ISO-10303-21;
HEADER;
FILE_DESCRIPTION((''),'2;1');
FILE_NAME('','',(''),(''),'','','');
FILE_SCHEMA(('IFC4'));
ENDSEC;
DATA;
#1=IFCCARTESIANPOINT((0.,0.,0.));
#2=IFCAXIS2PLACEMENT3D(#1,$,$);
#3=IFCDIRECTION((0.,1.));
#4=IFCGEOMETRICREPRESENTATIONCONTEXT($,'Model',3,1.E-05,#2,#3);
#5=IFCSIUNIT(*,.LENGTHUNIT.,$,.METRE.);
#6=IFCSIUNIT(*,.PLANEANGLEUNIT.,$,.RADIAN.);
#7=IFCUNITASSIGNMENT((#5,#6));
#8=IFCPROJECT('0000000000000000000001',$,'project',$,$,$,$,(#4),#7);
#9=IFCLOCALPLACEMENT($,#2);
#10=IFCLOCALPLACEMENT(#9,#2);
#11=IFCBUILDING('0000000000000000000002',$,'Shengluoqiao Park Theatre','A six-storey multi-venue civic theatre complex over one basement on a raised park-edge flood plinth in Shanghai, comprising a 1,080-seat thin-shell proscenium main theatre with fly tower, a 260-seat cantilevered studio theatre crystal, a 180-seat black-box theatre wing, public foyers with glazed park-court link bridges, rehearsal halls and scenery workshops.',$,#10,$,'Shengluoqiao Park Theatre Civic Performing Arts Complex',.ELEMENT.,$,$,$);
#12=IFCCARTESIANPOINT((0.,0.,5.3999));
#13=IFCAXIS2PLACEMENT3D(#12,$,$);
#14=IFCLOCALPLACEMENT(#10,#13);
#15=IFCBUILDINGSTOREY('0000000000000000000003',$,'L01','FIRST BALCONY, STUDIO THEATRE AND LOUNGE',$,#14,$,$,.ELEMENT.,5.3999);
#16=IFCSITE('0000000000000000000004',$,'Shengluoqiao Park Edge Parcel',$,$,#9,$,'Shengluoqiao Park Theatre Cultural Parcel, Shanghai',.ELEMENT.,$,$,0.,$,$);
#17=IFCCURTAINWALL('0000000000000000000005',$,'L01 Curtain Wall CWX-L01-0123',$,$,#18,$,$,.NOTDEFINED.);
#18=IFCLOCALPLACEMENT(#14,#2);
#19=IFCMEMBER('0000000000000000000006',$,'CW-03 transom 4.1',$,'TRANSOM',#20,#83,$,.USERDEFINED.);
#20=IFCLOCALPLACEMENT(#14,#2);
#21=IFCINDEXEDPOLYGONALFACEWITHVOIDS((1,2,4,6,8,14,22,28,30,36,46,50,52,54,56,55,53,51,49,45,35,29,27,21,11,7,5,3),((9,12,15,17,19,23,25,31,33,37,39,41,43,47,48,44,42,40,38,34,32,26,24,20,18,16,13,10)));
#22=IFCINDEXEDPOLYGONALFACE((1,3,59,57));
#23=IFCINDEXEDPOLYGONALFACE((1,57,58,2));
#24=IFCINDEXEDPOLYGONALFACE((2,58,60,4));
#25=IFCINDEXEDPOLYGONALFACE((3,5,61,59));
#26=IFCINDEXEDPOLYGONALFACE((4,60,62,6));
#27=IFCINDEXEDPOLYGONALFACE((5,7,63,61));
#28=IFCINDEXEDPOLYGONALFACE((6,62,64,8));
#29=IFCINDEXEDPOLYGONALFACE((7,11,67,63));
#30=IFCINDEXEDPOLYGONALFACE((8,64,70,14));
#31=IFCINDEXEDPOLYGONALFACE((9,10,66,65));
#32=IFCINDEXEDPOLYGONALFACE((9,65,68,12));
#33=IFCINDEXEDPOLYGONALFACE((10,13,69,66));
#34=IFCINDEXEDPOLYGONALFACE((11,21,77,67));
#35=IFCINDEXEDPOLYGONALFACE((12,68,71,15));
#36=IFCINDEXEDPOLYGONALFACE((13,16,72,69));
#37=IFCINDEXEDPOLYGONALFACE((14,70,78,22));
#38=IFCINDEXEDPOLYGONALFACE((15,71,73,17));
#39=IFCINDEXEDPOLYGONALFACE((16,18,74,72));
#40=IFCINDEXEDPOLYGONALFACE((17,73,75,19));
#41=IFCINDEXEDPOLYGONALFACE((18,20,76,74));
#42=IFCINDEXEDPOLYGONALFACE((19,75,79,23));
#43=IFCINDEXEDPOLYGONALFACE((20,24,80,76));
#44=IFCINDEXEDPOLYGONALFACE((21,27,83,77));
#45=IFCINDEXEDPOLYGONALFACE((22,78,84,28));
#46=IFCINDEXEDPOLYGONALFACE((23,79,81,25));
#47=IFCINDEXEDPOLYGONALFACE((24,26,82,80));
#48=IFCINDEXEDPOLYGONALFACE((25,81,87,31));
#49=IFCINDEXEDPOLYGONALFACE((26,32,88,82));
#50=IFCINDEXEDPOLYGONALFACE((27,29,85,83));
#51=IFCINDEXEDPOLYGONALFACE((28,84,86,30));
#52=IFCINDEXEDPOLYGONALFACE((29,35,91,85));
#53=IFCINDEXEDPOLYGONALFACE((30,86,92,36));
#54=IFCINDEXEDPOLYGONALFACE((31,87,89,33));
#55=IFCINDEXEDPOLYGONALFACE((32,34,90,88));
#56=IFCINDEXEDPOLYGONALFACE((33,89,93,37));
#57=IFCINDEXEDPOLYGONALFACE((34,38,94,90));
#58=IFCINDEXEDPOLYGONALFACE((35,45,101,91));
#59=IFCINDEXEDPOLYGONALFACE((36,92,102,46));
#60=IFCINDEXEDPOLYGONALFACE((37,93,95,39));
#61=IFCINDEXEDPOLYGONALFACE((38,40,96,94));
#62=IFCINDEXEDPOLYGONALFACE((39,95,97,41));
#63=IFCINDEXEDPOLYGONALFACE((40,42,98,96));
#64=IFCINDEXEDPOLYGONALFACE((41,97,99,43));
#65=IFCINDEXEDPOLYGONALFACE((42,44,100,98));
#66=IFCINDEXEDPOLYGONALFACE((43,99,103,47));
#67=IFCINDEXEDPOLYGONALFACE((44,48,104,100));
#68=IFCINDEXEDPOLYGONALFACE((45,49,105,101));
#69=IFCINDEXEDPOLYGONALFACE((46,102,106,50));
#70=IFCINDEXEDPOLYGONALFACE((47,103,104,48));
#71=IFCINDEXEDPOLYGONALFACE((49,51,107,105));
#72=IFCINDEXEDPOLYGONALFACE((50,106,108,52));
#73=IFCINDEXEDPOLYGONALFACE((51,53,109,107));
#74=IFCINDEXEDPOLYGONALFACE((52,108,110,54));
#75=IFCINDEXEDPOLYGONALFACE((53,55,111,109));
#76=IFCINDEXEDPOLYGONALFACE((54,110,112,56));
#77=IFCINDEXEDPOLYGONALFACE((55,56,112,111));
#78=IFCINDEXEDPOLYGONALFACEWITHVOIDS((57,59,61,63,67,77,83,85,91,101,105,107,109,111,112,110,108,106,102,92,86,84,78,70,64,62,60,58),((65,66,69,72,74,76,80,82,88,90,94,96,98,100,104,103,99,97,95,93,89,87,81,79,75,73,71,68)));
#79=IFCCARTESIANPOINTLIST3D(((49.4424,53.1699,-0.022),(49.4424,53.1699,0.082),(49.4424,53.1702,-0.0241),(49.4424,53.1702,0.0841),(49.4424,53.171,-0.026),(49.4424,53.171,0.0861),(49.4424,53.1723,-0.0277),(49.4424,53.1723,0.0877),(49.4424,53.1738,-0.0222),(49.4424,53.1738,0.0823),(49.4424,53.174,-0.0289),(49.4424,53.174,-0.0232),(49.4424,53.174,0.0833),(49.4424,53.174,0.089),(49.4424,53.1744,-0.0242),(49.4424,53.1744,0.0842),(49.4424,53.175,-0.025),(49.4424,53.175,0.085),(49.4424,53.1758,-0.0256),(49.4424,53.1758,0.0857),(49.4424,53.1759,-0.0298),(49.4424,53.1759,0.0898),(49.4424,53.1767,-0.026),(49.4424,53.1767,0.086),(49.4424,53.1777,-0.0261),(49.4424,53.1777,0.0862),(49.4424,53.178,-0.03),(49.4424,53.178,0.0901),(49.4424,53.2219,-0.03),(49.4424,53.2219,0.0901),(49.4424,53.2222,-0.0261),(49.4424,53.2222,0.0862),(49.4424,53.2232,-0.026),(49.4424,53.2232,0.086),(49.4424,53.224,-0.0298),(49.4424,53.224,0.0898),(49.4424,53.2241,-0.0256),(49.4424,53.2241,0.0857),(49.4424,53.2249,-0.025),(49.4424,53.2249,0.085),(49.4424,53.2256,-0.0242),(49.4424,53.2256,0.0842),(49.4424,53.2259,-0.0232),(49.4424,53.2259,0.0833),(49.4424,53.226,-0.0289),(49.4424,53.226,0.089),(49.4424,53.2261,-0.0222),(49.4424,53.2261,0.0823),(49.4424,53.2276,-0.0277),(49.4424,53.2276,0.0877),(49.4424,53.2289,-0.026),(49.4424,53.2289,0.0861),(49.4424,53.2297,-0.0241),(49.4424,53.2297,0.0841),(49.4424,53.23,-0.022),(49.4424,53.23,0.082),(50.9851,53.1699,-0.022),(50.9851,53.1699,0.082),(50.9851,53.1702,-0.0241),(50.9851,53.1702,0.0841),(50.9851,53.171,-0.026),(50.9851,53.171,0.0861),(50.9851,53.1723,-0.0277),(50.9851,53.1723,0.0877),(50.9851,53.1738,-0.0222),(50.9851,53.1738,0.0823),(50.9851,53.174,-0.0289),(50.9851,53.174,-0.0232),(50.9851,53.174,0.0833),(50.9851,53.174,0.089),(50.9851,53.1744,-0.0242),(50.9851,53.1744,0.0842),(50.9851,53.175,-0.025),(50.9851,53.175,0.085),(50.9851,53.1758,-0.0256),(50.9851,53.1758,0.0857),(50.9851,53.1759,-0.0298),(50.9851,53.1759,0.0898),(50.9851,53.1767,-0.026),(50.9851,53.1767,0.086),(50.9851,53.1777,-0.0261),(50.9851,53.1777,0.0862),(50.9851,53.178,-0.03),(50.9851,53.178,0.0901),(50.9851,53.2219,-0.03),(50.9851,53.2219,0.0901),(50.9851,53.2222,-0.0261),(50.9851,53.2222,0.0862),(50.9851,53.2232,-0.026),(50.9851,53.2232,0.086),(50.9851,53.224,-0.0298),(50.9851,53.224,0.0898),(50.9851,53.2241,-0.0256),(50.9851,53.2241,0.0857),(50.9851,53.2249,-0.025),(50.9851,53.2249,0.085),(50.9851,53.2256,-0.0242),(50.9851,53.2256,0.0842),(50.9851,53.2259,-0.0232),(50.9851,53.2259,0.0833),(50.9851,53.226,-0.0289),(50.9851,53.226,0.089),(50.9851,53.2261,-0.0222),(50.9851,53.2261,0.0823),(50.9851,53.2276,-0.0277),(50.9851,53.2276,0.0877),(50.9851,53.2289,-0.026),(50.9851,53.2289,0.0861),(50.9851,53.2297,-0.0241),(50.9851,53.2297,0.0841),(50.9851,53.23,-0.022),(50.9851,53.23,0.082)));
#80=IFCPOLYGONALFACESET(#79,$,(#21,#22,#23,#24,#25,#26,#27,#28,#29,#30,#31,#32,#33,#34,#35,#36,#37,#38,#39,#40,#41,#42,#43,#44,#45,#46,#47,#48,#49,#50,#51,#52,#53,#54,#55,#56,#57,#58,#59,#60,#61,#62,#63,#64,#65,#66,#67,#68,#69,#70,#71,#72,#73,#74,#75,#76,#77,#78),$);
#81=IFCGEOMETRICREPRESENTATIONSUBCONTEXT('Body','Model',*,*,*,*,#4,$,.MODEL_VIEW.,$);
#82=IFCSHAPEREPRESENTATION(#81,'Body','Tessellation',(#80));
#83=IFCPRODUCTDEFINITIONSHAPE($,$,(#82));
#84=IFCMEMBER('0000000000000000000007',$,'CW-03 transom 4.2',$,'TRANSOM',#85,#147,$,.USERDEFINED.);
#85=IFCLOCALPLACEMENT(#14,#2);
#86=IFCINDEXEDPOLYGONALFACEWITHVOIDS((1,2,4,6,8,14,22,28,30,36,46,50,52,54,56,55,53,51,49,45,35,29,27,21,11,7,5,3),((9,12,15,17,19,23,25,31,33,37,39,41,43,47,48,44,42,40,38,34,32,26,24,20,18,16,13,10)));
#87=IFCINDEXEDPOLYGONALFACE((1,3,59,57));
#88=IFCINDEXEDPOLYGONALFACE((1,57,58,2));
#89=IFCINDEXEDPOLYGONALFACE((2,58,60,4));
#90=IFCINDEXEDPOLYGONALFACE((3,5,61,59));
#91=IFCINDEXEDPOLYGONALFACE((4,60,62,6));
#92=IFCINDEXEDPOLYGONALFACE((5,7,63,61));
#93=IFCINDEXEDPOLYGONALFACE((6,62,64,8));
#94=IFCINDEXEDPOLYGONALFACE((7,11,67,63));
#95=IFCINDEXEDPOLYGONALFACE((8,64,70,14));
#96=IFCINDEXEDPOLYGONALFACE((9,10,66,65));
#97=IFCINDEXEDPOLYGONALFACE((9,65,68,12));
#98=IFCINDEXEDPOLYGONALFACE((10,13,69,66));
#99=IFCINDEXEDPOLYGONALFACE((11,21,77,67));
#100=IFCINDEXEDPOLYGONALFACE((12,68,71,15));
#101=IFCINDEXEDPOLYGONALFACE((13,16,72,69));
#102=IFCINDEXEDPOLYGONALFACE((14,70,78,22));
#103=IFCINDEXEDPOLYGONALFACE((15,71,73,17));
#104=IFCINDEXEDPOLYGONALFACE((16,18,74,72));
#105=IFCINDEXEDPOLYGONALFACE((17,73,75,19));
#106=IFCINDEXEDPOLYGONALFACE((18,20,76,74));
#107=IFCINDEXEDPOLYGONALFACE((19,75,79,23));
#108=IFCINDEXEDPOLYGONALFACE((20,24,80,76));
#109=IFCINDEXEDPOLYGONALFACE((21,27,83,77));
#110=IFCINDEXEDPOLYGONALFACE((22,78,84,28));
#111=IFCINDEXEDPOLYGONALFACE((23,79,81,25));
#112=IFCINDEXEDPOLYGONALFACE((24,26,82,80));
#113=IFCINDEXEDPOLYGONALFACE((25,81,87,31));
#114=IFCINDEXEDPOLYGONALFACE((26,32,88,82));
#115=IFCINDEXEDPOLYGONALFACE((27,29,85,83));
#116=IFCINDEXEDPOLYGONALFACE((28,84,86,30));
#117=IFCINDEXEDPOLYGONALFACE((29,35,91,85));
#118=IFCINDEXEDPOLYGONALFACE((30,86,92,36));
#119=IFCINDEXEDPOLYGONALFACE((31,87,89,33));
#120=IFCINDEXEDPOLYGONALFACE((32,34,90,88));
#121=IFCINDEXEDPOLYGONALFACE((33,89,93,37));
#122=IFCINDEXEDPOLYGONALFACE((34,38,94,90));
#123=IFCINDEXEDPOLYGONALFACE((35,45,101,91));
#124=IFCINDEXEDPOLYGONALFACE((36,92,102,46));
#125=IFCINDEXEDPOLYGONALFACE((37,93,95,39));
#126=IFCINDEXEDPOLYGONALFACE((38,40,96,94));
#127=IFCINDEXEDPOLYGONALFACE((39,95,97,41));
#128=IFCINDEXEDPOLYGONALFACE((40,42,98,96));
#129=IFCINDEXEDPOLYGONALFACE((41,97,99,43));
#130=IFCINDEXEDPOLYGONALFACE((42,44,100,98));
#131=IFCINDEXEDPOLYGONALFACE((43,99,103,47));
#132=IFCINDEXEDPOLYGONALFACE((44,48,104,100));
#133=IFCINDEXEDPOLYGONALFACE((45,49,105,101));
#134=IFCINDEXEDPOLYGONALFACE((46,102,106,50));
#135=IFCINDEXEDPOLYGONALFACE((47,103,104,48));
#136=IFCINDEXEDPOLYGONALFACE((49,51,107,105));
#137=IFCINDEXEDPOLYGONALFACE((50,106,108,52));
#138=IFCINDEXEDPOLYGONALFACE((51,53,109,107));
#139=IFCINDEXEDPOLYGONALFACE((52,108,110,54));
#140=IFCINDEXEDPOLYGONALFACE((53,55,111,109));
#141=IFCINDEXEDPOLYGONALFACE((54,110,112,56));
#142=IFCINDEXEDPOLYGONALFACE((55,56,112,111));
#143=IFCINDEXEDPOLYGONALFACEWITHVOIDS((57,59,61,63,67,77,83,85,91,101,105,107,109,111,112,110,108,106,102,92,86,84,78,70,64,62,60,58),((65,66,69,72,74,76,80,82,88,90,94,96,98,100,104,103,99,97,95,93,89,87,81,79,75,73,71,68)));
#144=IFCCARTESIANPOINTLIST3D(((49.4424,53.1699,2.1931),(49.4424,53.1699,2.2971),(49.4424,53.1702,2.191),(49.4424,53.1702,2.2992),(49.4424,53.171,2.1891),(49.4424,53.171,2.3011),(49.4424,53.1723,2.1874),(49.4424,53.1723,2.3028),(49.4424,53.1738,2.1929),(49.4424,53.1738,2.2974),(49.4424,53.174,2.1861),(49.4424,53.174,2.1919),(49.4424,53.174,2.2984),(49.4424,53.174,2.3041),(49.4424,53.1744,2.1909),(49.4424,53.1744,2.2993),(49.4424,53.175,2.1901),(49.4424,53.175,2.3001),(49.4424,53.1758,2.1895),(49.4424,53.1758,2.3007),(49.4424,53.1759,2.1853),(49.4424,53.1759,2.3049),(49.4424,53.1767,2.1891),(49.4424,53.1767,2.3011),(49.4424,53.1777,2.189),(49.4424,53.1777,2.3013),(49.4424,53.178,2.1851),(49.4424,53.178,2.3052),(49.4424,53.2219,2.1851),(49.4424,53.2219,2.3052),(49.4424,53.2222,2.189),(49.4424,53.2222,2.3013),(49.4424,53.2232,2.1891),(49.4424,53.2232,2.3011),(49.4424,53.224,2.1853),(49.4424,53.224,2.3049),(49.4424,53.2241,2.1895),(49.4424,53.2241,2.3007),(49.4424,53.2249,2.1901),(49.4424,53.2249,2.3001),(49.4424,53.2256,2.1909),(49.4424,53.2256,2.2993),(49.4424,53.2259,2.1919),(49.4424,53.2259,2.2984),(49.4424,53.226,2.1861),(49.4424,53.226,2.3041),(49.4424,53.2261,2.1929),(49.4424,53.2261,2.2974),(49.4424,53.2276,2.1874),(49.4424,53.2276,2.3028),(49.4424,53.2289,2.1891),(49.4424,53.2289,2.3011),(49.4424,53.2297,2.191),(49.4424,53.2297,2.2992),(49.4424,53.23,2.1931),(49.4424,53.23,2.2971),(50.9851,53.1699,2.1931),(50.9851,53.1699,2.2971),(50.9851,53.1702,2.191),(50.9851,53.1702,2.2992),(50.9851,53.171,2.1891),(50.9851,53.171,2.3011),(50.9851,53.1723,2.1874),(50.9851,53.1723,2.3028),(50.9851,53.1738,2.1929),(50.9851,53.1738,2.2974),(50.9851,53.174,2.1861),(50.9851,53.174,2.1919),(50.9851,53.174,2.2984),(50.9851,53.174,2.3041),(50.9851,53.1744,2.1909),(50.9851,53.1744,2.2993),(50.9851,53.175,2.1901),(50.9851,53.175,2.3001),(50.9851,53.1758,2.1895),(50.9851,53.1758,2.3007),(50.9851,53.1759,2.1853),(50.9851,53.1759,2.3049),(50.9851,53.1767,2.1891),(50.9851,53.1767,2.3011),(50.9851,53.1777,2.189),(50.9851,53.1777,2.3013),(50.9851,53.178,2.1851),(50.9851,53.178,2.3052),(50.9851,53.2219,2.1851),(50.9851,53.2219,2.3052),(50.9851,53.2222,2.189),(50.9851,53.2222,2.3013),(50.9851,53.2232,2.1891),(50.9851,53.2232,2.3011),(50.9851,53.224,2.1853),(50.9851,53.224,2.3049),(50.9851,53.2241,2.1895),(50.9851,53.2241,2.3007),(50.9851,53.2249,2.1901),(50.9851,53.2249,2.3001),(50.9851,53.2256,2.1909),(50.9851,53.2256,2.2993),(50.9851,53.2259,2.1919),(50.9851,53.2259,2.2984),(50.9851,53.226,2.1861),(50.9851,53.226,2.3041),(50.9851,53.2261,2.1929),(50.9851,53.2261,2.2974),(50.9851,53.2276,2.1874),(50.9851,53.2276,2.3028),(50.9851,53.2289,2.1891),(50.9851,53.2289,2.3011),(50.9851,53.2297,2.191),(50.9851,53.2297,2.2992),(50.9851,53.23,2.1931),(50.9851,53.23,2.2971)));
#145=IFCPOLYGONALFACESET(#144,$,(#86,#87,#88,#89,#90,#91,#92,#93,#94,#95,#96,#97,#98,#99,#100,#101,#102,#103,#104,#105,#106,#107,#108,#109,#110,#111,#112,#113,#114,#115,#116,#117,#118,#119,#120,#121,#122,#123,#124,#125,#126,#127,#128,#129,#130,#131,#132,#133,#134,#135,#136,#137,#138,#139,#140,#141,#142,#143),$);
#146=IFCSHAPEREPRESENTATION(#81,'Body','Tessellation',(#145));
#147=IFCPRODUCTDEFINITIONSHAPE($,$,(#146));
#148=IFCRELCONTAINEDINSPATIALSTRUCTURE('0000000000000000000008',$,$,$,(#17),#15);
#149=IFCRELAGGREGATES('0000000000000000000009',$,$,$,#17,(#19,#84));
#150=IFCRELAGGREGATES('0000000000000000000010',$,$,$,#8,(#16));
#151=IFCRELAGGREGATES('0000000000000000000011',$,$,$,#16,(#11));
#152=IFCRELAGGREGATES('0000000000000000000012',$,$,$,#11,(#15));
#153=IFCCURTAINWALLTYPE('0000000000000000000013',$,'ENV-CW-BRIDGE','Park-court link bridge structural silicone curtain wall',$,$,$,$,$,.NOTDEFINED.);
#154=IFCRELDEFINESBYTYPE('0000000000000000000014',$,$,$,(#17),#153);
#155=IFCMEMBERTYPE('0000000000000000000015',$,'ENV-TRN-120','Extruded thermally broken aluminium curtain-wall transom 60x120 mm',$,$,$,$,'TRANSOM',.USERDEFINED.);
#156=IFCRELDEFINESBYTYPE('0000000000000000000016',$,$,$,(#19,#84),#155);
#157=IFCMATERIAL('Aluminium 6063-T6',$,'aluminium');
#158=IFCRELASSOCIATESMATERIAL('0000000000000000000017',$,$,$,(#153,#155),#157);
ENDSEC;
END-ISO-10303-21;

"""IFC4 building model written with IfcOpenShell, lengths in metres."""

from ifc_helpers import new_model, si_unit, direction, frame, origin, origin_2d, place, context, subcontext, project, spatial, hollow_rectangle, extrude, material, material_profile, profile_set, type_object, element, aggregate, save


model = new_model("IFC4")

# Units and contexts
model_context = context("Model", 3, precision=1e-05, world=origin(), true_north=direction((0.0, 1.0)))
body_context = subcontext(model_context, "Body", "Model", "MODEL_VIEW")
ifc_project = project(units=[si_unit("LENGTHUNIT", "METRE"), si_unit("PLANEANGLEUNIT", "RADIAN")], contexts=[model_context])

# Site, building, storey
site_placement = place(None, origin())
site = spatial("IfcSite", under=ifc_project, at=site_placement, Name="Shengluoqiao Park Edge Parcel", LongName="Shengluoqiao Park Theatre Cultural Parcel, Shanghai", CompositionType="ELEMENT", RefElevation=0.0)
building_placement = place(site_placement, origin())
building = spatial("IfcBuilding", under=site, at=building_placement, Name="Shengluoqiao Park Theatre", Description="A six-storey multi-venue civic theatre complex over one basement on a raised park-edge flood plinth in Shanghai, comprising a 1,080-seat thin-shell proscenium main theatre with fly tower, a 260-seat cantilevered studio theatre crystal, a 180-seat black-box theatre wing, public foyers with glazed park-court link bridges, rehearsal halls and scenery workshops.", LongName="Shengluoqiao Park Theatre Civic Performing Arts Complex", CompositionType="ELEMENT")
storey_placement = place(building_placement, frame((0.0, 0.0, 5.3999)))
storey = spatial("IfcBuildingStorey", under=building, at=storey_placement, Name="L01", Description="FIRST BALCONY, STUDIO THEATRE AND LOUNGE", CompositionType="ELEMENT", Elevation=5.3999)

# Curtain wall, members
ifc_material_1 = material(Name="Aluminium 6063-T6", Category="aluminium")
curtain_wall_type = type_object("IfcCurtainWallType", Name="ENV-CW-BRIDGE", Description="Park-court link bridge structural silicone curtain wall", PredefinedType="NOTDEFINED", material=ifc_material_1)
curtain_wall_placement = place(storey_placement, origin())
curtain_wall = element("IfcCurtainWall", 1, at=curtain_wall_placement, inside=storey, type_object=curtain_wall_type, Name="L01 Curtain Wall CWX-L01-0123", PredefinedType="NOTDEFINED")
ifc_material_profile_1 = material_profile(ifc_material_1, hollow_rectangle(XDim=0.0601, YDim=0.1201, WallThickness=0.0039, InnerFilletRadius=0.0039, OuterFilletRadius=0.0081, at=origin_2d()), Name="ALU TRANSOM 120x60x4")
ifc_profile_set_1 = profile_set([ifc_material_profile_1], Name="Aluminium 6063-T6")
member_type_1 = type_object("IfcMemberType", Name="ENV-TRN-120", Description="Extruded thermally broken aluminium curtain-wall transom 60x120 mm", ElementType="TRANSOM", PredefinedType="USERDEFINED", material=ifc_profile_set_1)
member_1_placement = place(storey_placement, frame((49.4424, 53.2, 0.03), z_axis=(1.0, 0.0, 0.0), x_axis=(0.0, 1.0, 0.0)))
member_1 = element("IfcMember", 2, at=member_1_placement, type_object=member_type_1, Name="CW-03 transom 4.1", ObjectType="TRANSOM", PredefinedType="USERDEFINED", context=body_context, shape_type="SweptSolid", body=[
    extrude(hollow_rectangle(XDim=0.0601, YDim=0.1201, WallThickness=0.0039, InnerFilletRadius=0.0039, OuterFilletRadius=0.0081, at=origin_2d()), origin(), (0.0, 0.0, 1.0), 1.5427),
])
member_2_placement = place(storey_placement, frame((49.4424, 53.2, 2.2451), z_axis=(1.0, 0.0, 0.0), x_axis=(0.0, 1.0, 0.0)))
member_2 = element("IfcMember", 3, at=member_2_placement, type_object=member_type_1, Name="CW-03 transom 4.2", ObjectType="TRANSOM", PredefinedType="USERDEFINED", context=body_context, shape_type="SweptSolid", body=[
    extrude(hollow_rectangle(XDim=0.0601, YDim=0.1201, WallThickness=0.0039, InnerFilletRadius=0.0039, OuterFilletRadius=0.0081, at=origin_2d()), origin(), (0.0, 0.0, 1.0), 1.5427),
])

aggregate(curtain_wall, [member_1, member_2])

save(model, "model.ifc")
